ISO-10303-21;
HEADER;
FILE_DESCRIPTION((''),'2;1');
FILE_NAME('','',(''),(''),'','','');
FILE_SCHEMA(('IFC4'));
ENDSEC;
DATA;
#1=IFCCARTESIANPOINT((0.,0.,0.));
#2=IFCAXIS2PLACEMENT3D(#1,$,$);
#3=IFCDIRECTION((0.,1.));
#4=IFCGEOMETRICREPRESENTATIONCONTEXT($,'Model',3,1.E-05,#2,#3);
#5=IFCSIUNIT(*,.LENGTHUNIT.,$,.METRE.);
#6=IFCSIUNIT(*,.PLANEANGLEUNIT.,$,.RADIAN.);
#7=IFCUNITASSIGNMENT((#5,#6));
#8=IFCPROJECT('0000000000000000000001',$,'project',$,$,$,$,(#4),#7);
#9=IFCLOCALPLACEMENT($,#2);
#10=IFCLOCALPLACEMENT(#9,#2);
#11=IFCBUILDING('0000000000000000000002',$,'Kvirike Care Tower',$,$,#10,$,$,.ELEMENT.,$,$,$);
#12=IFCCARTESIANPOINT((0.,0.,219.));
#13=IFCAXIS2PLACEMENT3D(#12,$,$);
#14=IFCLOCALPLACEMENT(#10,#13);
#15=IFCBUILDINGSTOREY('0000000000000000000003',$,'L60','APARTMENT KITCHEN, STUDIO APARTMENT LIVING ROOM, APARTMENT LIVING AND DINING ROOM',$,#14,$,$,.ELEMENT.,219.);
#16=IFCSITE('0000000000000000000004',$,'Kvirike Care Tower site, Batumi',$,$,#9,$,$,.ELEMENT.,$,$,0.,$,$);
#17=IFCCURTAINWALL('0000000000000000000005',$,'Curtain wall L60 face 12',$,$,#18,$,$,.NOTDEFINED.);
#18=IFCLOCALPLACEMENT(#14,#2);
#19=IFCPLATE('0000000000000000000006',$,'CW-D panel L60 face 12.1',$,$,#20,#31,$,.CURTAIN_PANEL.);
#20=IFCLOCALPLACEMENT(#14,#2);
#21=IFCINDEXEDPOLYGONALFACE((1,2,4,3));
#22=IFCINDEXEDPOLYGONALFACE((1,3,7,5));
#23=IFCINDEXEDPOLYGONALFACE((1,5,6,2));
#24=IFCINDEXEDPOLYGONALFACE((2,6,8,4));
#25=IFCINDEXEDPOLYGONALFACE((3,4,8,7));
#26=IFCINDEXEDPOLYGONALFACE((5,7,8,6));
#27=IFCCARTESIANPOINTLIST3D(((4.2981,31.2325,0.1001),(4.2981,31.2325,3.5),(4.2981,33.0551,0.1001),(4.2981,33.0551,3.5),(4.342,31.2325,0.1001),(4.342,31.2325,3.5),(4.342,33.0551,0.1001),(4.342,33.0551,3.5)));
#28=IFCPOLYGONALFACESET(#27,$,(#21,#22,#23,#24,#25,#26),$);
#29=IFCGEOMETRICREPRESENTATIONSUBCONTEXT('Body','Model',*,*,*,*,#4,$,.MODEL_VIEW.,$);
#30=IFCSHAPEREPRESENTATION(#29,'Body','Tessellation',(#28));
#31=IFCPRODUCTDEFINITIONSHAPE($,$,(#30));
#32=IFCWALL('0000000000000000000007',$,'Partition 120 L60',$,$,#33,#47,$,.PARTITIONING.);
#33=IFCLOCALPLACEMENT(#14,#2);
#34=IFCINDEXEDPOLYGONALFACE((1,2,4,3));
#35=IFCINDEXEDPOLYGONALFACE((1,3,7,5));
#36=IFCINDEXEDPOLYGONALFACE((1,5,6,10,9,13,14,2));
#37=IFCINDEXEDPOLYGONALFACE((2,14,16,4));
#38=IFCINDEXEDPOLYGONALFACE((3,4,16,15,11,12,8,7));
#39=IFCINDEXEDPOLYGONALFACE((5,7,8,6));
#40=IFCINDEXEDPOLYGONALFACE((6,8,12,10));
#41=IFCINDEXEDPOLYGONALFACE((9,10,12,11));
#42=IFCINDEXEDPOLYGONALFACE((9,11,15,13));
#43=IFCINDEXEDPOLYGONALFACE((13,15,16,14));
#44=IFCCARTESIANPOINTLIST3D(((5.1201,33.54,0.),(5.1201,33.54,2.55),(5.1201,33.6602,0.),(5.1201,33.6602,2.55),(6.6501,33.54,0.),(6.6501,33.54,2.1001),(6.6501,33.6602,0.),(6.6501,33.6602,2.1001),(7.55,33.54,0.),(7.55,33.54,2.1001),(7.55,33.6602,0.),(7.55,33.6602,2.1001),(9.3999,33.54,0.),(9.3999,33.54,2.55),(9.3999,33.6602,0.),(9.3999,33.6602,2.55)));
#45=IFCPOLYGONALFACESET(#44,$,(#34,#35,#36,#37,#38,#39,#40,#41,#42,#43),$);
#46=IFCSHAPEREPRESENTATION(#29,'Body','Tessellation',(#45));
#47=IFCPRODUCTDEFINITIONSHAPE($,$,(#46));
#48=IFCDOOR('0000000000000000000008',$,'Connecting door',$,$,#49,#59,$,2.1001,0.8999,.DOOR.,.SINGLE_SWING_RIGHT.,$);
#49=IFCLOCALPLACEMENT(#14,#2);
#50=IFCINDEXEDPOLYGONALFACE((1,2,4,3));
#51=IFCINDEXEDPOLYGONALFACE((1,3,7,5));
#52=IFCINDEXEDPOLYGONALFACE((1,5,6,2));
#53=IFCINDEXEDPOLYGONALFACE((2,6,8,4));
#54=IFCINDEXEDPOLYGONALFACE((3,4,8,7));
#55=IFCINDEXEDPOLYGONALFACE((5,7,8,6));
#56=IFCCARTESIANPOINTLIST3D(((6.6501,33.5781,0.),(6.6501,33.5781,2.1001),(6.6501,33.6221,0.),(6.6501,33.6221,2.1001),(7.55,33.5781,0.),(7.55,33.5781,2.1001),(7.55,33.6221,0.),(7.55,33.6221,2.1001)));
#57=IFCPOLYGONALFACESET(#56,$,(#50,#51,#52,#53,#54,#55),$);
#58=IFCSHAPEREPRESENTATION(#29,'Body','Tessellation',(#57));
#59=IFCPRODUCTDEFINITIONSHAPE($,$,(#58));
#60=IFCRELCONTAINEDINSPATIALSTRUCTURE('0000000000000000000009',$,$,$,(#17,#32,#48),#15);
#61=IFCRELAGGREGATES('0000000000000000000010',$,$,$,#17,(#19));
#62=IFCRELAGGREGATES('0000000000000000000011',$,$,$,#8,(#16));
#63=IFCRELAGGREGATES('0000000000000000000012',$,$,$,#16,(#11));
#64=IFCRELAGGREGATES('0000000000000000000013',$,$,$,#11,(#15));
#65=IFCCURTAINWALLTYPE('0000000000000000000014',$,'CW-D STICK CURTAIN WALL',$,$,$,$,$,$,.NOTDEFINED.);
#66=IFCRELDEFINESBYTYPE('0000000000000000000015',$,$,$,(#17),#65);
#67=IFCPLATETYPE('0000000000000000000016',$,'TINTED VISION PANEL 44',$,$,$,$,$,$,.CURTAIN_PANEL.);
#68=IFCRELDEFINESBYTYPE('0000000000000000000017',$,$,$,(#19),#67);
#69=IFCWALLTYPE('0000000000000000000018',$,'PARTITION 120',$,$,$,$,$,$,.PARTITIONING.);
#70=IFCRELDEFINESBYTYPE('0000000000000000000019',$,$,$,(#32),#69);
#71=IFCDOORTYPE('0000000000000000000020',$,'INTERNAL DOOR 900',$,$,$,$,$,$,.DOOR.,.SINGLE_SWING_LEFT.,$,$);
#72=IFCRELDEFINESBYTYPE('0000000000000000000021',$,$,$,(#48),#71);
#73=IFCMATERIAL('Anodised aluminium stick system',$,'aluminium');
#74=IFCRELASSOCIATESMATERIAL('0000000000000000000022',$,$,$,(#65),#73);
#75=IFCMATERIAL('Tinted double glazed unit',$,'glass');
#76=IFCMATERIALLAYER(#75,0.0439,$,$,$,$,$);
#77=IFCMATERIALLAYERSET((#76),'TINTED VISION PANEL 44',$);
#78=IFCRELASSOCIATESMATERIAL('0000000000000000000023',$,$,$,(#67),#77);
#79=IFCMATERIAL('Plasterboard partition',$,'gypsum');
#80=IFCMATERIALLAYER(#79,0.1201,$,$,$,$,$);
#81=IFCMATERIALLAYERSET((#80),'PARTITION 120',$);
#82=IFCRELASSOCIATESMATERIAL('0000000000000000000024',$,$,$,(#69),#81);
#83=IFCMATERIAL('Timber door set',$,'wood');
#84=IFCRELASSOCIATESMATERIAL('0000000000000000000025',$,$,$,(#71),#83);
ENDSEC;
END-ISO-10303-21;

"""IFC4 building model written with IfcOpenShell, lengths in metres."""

from ifc_helpers import new_model, si_unit, direction, frame, frame_2d, origin, origin_2d, place, context, subcontext, project, spatial, rectangle, extrude, material, layer, layer_set, type_object, element, fill, aggregate, save


model = new_model("IFC4")

# Units and contexts
model_context = context("Model", 3, precision=1e-05, world=origin(), true_north=direction((0.0, 1.0)))
body_context = subcontext(model_context, "Body", "Model", "MODEL_VIEW")
ifc_project = project(units=[si_unit("LENGTHUNIT", "METRE"), si_unit("PLANEANGLEUNIT", "RADIAN")], contexts=[model_context])

# Site, building, storey
site_placement = place(None, origin())
site = spatial("IfcSite", under=ifc_project, at=site_placement, Name="Kvirike Care Tower site, Batumi", CompositionType="ELEMENT", RefElevation=0.0)
building_placement = place(site_placement, origin())
building = spatial("IfcBuilding", under=site, at=building_placement, Name="Kvirike Care Tower", CompositionType="ELEMENT")
storey_placement = place(building_placement, frame((0.0, 0.0, 219.0)))
storey = spatial("IfcBuildingStorey", under=building, at=storey_placement, Name="L60", Description="APARTMENT KITCHEN, STUDIO APARTMENT LIVING ROOM, APARTMENT LIVING AND DINING ROOM", CompositionType="ELEMENT", Elevation=219.0)

# Curtain wall
ifc_material_1 = material(Name="Anodised aluminium stick system", Category="aluminium")
curtain_wall_type = type_object("IfcCurtainWallType", Name="CW-D STICK CURTAIN WALL", PredefinedType="NOTDEFINED", material=ifc_material_1)
curtain_wall_1_placement = place(storey_placement, origin())
curtain_wall_1 = element("IfcCurtainWall", 1, at=curtain_wall_1_placement, inside=storey, type_object=curtain_wall_type, Name="Curtain wall L60 face 12", PredefinedType="NOTDEFINED")

# Plate
ifc_material_2 = material(Name="Tinted double glazed unit", Category="glass")
ifc_layer_1 = layer(ifc_material_2, 0.0439)
ifc_layer_set_1 = layer_set([ifc_layer_1], Name="TINTED VISION PANEL 44")
plate_type = type_object("IfcPlateType", Name="TINTED VISION PANEL 44", PredefinedType="CURTAIN_PANEL", material=ifc_layer_set_1)
plate_1_placement = place(storey_placement, frame((4.3201, 32.1438, 0.1001), z_axis=(0.0, 0.0, 1.0), x_axis=(0.0, -1.0, 0.0)))
plate_1 = element("IfcPlate", 2, at=plate_1_placement, type_object=plate_type, Name="CW-D panel L60 face 12.1", PredefinedType="CURTAIN_PANEL", context=body_context, shape_type="SweptSolid", body=[
    extrude(rectangle(XDim=1.8225, YDim=0.0439, at=origin_2d()), origin(), (0.0, 0.0, 1.0), 3.3999),
])
aggregate(curtain_wall_1, [plate_1])

# Wall, opening, door
ifc_material_3 = material(Name="Plasterboard partition", Category="gypsum")
ifc_layer_2 = layer(ifc_material_3, 0.1201)
ifc_layer_set_2 = layer_set([ifc_layer_2], Name="PARTITION 120")
wall_type = type_object("IfcWallType", Name="PARTITION 120", PredefinedType="PARTITIONING", material=ifc_layer_set_2)
wall_placement = place(storey_placement, frame((5.1201, 33.6001, 0.0), z_axis=(0.0, 0.0, 1.0), x_axis=(1.0, 0.0, 0.0)))
wall = element("IfcWall", 3, at=wall_placement, inside=storey, type_object=wall_type, Name="Partition 120 L60", PredefinedType="PARTITIONING", context=body_context, shape_type="SweptSolid", body=[
    extrude(rectangle(XDim=4.2798, YDim=0.1201, at=frame_2d((2.1399, 0.0))), origin(), (0.0, 0.0, 1.0), 2.55),
])
opening_placement = place(wall_placement, frame((1.53, 0.0, 0.0)))
opening = element("IfcOpeningElement", 4, at=opening_placement, cuts=wall, PredefinedType="OPENING", context=body_context, shape_type="SweptSolid", body=[
    extrude(rectangle(XDim=0.8999, YDim=2.1001, at=frame_2d((0.45, 1.05))), frame((0.0, 0.0706, 0.0), z_axis=(0.0, -1.0, 0.0), x_axis=(1.0, 0.0, 0.0)), (0.0, 0.0, 1.0), 0.1411),
])
ifc_material_4 = material(Name="Timber door set", Category="wood")
door_type = type_object("IfcDoorType", Name="INTERNAL DOOR 900", OperationType="SINGLE_SWING_LEFT", PredefinedType="DOOR", material=ifc_material_4)
door_placement = place(opening_placement, frame((0.8999, 0.0, 0.0), z_axis=(0.0, 0.0, 1.0), x_axis=(-1.0, 0.0, 0.0)))
door = element("IfcDoor", 5, at=door_placement, inside=storey, type_object=door_type, Name="Connecting door", OperationType="SINGLE_SWING_RIGHT", OverallHeight=2.1001, OverallWidth=0.8999, PredefinedType="DOOR", context=body_context, shape_type="SweptSolid", body=[
    extrude(rectangle(XDim=0.8999, YDim=2.1001, at=frame_2d((0.45, 1.05))), frame((0.0, 0.022, 0.0), z_axis=(0.0, -1.0, 0.0), x_axis=(1.0, 0.0, 0.0)), (0.0, 0.0, 1.0), 0.0439),
])
fill(opening, door)

save(model, "model.ifc")
